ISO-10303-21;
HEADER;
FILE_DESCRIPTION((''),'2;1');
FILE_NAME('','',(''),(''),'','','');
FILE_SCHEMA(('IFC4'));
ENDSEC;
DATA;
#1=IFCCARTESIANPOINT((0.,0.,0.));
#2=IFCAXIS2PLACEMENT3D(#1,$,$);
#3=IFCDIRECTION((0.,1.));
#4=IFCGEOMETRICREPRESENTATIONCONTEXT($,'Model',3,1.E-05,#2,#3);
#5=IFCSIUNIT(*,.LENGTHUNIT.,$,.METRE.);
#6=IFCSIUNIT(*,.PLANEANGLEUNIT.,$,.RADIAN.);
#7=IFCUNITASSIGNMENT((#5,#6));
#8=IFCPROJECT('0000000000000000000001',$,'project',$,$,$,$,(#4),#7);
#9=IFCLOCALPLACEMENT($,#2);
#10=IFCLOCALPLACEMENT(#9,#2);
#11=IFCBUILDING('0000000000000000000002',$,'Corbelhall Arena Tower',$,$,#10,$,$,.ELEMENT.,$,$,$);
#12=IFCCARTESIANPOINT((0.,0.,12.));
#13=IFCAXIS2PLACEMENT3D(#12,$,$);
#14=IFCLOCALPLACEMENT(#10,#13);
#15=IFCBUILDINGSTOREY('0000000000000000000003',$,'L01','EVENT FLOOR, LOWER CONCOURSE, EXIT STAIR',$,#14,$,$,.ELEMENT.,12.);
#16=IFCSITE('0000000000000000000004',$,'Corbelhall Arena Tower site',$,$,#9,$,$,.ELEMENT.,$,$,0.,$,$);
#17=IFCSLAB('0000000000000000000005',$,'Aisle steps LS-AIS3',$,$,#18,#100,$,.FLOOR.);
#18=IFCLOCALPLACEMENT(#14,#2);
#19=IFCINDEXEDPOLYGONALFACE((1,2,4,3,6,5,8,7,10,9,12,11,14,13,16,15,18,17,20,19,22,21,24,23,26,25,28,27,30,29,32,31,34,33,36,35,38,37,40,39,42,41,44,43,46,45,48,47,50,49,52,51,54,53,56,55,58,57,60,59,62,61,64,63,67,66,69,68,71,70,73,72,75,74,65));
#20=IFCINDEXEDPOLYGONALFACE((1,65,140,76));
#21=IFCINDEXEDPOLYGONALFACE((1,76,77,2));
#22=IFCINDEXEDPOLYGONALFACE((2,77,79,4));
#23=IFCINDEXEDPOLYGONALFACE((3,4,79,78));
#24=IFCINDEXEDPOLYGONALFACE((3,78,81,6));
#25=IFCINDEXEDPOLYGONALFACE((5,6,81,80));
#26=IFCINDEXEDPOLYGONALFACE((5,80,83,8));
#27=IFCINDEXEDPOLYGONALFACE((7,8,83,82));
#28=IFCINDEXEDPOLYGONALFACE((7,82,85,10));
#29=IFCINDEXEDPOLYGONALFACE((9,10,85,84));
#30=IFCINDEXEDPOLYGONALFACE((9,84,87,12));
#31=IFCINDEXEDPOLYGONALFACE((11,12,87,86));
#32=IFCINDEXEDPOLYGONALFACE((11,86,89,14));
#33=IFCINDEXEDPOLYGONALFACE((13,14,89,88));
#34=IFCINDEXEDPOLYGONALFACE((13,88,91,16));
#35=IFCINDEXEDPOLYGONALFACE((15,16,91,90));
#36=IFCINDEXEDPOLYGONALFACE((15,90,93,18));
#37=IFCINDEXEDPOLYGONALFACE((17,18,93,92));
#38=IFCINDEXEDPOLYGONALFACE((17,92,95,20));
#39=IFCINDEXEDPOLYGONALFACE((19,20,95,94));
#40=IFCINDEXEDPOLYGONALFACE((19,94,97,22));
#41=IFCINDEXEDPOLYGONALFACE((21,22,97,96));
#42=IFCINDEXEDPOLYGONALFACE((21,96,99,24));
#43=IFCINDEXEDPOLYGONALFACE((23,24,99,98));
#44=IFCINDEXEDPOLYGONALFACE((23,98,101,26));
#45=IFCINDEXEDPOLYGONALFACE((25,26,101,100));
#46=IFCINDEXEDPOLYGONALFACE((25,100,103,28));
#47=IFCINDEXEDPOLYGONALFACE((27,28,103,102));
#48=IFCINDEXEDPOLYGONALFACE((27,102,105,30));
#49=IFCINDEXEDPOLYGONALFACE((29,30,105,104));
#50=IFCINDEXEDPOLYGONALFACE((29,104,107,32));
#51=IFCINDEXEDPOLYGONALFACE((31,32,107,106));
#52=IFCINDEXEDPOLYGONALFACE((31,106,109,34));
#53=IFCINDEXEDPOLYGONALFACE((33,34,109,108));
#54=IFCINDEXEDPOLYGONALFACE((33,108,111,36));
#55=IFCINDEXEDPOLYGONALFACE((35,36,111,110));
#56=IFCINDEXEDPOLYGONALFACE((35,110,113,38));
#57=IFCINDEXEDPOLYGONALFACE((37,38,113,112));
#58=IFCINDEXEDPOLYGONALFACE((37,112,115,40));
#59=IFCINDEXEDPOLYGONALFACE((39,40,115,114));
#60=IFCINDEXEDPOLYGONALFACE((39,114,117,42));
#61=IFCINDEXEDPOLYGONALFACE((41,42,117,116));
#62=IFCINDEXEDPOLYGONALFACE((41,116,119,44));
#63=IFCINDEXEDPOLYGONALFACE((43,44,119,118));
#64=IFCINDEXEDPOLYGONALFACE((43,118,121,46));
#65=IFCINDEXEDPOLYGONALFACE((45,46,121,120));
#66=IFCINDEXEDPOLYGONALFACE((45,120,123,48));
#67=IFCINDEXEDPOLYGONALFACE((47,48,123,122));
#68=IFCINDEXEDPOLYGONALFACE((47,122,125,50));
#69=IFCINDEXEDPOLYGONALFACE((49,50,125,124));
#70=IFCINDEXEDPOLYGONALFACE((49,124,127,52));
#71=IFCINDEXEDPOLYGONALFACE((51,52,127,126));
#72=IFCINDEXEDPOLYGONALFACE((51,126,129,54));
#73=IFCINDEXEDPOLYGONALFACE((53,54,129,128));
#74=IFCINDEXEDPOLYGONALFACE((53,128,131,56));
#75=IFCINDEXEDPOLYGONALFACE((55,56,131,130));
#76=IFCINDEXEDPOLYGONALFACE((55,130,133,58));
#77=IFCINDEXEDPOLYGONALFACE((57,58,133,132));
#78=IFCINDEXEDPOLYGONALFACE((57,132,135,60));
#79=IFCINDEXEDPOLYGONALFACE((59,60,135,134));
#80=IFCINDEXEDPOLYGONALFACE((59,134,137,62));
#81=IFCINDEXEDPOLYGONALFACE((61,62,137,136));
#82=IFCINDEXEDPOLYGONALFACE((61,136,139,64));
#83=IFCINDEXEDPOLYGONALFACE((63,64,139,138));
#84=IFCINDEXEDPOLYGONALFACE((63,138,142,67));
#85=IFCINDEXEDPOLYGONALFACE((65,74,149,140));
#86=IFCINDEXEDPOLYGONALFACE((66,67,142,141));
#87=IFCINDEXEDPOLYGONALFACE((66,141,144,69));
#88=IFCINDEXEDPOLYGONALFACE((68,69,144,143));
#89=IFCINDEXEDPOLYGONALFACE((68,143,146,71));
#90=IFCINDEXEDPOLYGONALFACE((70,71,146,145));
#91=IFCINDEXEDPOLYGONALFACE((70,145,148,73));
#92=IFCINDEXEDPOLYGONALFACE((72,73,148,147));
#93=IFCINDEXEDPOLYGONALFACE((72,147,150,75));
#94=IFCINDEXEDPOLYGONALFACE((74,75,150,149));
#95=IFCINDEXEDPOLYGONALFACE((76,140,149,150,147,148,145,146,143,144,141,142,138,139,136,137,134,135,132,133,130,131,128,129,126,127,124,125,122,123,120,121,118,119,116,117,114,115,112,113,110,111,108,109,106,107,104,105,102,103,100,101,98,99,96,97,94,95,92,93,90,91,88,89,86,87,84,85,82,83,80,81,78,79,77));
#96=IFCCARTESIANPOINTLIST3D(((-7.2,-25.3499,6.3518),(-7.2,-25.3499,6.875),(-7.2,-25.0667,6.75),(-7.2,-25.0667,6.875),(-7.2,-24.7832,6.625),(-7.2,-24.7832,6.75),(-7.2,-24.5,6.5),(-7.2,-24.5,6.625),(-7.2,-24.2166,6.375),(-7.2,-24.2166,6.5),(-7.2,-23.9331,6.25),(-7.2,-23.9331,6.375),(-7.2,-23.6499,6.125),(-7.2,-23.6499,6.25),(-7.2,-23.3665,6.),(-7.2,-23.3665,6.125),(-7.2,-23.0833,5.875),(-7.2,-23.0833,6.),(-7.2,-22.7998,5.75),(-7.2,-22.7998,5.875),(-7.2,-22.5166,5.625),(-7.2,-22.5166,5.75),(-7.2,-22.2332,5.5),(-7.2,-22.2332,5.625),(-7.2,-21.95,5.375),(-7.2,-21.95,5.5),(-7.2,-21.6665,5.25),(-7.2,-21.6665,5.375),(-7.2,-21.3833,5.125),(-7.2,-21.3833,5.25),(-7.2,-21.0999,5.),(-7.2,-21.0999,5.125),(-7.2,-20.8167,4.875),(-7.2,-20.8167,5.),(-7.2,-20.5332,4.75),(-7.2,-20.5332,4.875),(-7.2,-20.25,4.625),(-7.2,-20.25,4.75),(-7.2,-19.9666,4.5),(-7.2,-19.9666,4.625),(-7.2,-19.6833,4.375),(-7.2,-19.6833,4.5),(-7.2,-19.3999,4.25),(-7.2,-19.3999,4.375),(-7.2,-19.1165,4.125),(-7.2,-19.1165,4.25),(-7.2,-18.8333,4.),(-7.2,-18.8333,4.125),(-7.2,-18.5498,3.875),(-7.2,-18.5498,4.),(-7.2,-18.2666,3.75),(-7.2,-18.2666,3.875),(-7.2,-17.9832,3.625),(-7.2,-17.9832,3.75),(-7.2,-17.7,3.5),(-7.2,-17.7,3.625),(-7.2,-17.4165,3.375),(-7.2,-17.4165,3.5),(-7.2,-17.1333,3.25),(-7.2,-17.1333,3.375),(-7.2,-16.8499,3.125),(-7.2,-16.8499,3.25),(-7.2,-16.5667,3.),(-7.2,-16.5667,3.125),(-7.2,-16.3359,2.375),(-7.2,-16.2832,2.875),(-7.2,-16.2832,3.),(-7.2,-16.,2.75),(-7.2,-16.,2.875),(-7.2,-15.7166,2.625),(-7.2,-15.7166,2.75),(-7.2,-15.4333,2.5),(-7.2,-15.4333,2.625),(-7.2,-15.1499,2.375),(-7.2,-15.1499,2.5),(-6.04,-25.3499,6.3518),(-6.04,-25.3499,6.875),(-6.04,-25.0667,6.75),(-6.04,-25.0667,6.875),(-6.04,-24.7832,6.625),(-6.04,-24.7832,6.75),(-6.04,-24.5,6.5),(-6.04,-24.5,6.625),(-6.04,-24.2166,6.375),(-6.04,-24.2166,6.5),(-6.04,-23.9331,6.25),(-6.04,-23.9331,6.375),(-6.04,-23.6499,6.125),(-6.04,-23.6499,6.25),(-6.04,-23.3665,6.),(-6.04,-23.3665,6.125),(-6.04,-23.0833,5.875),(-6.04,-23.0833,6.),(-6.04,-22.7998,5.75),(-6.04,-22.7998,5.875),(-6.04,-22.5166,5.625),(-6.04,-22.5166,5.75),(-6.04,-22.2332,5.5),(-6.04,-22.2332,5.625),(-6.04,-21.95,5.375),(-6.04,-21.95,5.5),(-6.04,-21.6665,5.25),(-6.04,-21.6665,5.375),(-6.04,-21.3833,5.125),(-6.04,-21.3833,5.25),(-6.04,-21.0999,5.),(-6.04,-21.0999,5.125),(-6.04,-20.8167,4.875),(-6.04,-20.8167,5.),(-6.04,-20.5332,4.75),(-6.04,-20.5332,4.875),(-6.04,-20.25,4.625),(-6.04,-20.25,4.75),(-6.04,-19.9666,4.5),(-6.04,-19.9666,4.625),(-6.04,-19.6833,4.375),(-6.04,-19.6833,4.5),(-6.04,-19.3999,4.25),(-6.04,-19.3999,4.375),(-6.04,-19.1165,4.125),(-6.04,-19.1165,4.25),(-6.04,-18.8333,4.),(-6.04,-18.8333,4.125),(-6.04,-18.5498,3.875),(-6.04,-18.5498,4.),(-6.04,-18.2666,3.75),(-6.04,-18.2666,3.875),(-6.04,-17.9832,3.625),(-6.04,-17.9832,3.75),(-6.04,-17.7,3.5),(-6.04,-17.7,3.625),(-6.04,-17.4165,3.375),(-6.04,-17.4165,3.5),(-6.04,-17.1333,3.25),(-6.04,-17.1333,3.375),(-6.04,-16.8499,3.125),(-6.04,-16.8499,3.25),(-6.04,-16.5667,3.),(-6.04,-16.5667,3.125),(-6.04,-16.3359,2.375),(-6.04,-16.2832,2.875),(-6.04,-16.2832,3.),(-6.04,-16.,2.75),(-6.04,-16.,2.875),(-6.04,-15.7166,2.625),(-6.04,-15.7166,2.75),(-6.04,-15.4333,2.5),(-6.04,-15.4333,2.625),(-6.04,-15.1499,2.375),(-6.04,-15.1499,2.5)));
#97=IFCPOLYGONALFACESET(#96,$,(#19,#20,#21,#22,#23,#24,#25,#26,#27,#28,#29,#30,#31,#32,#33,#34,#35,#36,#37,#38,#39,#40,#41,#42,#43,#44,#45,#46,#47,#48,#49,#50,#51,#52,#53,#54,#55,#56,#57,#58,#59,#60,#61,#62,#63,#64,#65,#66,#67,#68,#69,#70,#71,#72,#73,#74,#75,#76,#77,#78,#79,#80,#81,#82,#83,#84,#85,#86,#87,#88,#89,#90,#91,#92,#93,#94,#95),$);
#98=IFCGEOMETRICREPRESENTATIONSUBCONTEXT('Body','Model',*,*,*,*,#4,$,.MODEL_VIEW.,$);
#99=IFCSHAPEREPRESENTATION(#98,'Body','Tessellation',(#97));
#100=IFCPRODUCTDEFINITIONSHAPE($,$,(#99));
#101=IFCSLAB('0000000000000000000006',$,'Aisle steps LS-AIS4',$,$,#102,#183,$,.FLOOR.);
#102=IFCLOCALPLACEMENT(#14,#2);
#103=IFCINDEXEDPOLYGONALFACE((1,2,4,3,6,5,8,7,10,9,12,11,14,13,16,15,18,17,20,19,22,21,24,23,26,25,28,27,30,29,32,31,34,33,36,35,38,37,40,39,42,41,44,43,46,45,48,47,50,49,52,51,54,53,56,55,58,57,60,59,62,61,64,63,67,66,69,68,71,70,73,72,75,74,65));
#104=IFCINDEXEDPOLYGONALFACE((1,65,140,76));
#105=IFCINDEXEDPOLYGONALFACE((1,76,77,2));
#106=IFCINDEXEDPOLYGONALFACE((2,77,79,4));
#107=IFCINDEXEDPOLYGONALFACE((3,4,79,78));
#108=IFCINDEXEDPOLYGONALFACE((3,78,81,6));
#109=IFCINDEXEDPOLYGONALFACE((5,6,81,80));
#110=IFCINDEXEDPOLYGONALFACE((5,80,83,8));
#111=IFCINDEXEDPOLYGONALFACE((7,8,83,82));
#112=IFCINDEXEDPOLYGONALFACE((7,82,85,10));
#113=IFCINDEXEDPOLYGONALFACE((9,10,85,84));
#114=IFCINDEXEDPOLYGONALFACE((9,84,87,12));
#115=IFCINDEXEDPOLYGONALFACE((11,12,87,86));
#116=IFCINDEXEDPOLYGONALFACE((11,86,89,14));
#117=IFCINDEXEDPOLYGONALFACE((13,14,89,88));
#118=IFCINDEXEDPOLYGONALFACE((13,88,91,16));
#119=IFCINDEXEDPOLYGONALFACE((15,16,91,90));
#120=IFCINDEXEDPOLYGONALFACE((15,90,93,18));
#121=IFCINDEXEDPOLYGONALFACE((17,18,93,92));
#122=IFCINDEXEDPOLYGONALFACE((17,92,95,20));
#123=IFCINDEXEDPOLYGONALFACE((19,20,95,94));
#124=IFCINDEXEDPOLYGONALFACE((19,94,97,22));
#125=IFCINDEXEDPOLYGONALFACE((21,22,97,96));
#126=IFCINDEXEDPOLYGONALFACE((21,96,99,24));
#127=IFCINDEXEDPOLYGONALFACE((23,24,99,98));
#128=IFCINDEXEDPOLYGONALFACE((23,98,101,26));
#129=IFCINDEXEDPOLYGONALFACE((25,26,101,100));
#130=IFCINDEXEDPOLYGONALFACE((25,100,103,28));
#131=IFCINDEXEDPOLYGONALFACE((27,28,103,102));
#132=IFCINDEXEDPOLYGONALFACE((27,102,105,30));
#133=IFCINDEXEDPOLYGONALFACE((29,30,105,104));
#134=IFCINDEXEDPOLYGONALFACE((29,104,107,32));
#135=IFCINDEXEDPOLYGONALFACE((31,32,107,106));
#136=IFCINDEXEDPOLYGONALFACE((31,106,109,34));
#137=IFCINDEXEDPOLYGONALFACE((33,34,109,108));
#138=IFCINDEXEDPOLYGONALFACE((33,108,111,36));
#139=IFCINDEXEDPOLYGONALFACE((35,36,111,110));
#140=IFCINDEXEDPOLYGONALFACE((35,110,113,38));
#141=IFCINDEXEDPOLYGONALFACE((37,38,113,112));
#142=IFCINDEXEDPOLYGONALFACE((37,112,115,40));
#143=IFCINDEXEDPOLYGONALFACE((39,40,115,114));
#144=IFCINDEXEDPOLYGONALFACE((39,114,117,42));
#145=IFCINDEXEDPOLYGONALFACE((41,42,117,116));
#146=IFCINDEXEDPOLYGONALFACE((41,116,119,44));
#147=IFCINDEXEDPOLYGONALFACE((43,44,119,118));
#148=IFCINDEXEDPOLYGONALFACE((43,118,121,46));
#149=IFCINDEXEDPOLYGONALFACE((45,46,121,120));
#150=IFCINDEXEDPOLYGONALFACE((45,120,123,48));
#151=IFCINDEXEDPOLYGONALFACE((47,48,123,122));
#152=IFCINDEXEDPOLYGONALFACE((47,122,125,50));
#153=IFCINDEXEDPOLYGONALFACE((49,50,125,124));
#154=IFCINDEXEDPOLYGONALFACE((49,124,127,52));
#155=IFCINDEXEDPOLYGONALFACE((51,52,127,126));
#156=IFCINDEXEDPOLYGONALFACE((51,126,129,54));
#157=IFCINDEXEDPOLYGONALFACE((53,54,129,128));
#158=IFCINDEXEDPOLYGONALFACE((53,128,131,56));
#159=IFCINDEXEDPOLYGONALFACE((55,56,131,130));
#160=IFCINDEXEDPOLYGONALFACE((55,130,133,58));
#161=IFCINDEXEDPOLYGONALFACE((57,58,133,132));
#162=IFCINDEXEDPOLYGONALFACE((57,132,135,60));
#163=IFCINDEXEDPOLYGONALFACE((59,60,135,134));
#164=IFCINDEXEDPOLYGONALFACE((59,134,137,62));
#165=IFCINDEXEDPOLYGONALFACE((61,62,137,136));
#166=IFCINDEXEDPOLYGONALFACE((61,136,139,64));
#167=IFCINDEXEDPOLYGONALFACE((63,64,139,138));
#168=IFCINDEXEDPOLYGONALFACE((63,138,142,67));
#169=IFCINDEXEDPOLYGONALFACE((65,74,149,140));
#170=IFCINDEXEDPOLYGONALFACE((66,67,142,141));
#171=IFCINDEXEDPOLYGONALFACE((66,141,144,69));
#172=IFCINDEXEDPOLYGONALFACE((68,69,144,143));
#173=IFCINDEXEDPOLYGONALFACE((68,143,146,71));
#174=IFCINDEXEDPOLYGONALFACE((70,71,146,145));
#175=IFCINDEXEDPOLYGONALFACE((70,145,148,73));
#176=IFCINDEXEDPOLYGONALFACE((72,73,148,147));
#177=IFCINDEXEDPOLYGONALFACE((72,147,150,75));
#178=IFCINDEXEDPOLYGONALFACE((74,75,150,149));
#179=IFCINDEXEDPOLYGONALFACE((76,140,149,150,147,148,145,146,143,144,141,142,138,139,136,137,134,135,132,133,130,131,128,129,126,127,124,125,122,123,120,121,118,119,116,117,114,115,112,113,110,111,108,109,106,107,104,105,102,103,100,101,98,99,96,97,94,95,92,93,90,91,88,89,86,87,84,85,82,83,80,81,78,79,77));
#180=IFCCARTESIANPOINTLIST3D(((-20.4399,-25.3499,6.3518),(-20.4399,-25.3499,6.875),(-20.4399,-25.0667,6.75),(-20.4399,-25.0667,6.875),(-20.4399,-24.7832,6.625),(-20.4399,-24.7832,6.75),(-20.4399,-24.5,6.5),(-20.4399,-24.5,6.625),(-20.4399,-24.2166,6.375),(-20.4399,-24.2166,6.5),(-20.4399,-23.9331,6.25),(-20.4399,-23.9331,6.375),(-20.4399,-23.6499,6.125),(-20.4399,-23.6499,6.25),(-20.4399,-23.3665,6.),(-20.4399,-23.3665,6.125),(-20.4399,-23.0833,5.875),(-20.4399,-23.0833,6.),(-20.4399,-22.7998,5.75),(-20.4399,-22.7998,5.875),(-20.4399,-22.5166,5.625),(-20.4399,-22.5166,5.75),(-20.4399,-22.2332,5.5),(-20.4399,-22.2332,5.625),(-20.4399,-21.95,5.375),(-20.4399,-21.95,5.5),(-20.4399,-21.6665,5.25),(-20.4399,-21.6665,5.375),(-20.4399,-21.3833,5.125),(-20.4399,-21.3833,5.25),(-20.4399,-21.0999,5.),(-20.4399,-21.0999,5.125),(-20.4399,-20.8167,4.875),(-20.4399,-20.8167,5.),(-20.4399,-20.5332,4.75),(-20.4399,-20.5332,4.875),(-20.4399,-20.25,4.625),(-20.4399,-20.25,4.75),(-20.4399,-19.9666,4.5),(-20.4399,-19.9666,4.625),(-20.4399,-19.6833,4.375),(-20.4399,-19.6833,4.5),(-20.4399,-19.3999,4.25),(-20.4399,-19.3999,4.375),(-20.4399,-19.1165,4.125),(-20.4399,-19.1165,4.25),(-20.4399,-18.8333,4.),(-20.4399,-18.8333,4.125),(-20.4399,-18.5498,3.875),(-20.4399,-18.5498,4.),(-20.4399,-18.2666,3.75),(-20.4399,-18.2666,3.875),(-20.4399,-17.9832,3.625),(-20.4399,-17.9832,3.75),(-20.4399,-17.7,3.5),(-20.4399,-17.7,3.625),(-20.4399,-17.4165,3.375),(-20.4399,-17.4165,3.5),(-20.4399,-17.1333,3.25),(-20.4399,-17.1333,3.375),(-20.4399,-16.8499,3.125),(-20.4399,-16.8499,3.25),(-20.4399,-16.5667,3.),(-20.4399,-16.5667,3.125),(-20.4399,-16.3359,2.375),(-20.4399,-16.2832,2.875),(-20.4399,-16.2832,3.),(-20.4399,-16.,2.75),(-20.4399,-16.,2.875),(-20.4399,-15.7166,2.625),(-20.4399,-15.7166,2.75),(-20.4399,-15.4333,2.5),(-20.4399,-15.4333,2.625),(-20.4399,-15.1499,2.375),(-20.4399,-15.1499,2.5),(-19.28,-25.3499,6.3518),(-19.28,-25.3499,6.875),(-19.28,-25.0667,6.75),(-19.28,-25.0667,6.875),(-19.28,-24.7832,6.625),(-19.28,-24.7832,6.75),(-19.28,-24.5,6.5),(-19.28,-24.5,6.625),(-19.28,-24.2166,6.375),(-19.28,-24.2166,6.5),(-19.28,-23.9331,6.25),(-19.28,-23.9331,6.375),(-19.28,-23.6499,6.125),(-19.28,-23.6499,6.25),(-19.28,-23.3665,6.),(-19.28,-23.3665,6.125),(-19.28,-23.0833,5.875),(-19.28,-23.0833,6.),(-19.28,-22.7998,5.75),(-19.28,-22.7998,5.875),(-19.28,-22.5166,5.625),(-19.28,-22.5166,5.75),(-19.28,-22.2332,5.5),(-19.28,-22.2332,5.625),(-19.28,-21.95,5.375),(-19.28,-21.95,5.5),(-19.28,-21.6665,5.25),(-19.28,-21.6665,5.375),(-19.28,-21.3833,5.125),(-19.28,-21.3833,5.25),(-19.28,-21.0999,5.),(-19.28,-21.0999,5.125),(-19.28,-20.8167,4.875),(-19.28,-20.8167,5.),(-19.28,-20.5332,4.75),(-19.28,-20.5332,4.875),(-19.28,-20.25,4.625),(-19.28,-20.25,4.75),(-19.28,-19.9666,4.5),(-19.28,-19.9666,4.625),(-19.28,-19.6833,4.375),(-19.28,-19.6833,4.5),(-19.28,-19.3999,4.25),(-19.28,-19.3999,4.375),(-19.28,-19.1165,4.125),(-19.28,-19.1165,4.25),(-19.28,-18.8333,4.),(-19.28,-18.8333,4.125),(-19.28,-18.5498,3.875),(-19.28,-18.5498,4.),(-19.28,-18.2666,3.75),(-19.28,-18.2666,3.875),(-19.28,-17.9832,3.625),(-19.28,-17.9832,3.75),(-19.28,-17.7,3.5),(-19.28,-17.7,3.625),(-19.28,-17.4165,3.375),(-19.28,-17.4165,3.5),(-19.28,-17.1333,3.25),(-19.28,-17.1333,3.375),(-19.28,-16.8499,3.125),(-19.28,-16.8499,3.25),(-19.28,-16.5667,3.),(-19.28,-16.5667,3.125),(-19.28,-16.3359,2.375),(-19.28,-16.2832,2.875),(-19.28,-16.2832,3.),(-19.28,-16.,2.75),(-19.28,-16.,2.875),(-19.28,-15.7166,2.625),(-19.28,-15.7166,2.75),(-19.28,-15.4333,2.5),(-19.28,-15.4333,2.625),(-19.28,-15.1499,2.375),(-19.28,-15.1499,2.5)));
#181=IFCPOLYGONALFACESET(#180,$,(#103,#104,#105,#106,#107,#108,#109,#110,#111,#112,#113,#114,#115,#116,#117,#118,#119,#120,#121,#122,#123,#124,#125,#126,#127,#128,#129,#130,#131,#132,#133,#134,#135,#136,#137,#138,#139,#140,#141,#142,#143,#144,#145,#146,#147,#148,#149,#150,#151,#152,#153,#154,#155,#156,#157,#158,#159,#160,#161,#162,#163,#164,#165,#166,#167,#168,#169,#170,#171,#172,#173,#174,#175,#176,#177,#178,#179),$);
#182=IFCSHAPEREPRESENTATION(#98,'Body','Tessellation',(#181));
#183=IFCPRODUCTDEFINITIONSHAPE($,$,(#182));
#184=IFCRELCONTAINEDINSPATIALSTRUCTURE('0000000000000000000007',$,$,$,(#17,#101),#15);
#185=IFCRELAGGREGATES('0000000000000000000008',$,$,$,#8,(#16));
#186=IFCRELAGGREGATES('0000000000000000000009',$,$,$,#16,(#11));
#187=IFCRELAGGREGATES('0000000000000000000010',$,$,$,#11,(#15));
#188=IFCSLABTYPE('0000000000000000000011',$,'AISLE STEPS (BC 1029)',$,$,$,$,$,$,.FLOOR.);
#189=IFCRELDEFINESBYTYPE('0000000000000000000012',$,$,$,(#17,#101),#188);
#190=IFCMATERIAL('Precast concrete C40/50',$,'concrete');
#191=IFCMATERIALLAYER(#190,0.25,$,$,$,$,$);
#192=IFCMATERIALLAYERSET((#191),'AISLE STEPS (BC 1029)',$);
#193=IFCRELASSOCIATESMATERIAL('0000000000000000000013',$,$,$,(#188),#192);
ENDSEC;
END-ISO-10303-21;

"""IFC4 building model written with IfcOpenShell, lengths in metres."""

from ifc_helpers import new_model, si_unit, direction, frame, origin, place, context, subcontext, project, spatial, polyline, outline, extrude, material, layer, layer_set, type_object, element, save


model = new_model("IFC4")

# Units and contexts
model_context = context("Model", 3, precision=1e-05, world=origin(), true_north=direction((0.0, 1.0)))
body_context = subcontext(model_context, "Body", "Model", "MODEL_VIEW")
ifc_project = project(units=[si_unit("LENGTHUNIT", "METRE"), si_unit("PLANEANGLEUNIT", "RADIAN")], contexts=[model_context])

# Site, building, storey
site_placement = place(None, origin())
site = spatial("IfcSite", under=ifc_project, at=site_placement, Name="Corbelhall Arena Tower site", CompositionType="ELEMENT", RefElevation=0.0)
building_placement = place(site_placement, origin())
building = spatial("IfcBuilding", under=site, at=building_placement, Name="Corbelhall Arena Tower", CompositionType="ELEMENT")
storey_placement = place(building_placement, frame((0.0, 0.0, 12.0)))
storey = spatial("IfcBuildingStorey", under=building, at=storey_placement, Name="L01", Description="EVENT FLOOR, LOWER CONCOURSE, EXIT STAIR", CompositionType="ELEMENT", Elevation=12.0)

# Slabs
ifc_material_1 = material(Name="Precast concrete C40/50", Category="concrete")
ifc_layer_1 = layer(ifc_material_1, 0.25)
ifc_layer_set_1 = layer_set([ifc_layer_1], Name="AISLE STEPS (BC 1029)")
slab_type_1 = type_object("IfcSlabType", Name="AISLE STEPS (BC 1029)", PredefinedType="FLOOR", material=ifc_layer_set_1)
slab_1_placement = place(storey_placement, frame((-6.6201, -15.1499, 2.375), z_axis=(0.0, 0.0, 1.0), x_axis=(0.0, -1.0, 0.0)))
element("IfcSlab", 1, at=slab_1_placement, inside=storey, type_object=slab_type_1, Name="Aisle steps LS-AIS3", PredefinedType="FLOOR", context=body_context, shape_type="SweptSolid", body=[
    extrude(outline(polyline([(0.0, 0.0), (0.0, 0.125), (0.2834, 0.125), (0.2834, 0.25), (0.5667, 0.25), (0.5667, 0.375), (0.8501, 0.375), (0.8501, 0.5), (1.1333, 0.5), (1.1333, 0.625), (1.4167, 0.625), (1.4167, 0.75), (1.7, 0.75), (1.7, 0.875), (1.9834, 0.875), (1.9834, 1.0), (2.2666, 1.0), (2.2666, 1.125), (2.55, 1.125), (2.55, 1.25), (2.8333, 1.25), (2.8333, 1.375), (3.1167, 1.375), (3.1167, 1.5), (3.3999, 1.5), (3.3999, 1.625), (3.6833, 1.625), (3.6833, 1.75), (3.9666, 1.75), (3.9666, 1.875), (4.25, 1.875), (4.25, 2.0), (4.5334, 2.0), (4.5334, 2.125), (4.8167, 2.125), (4.8167, 2.25), (5.1001, 2.25), (5.1001, 2.375), (5.3833, 2.375), (5.3833, 2.5), (5.6667, 2.5), (5.6667, 2.625), (5.95, 2.625), (5.95, 2.75), (6.2334, 2.75), (6.2334, 2.875), (6.5166, 2.875), (6.5166, 3.0), (6.8, 3.0), (6.8, 3.125), (7.0833, 3.125), (7.0833, 3.25), (7.3667, 3.25), (7.3667, 3.375), (7.6499, 3.375), (7.6499, 3.5), (7.9333, 3.5), (7.9333, 3.625), (8.2166, 3.625), (8.2166, 3.75), (8.5, 3.75), (8.5, 3.875), (8.7832, 3.875), (8.7832, 4.0), (9.0667, 4.0), (9.0667, 4.125), (9.3501, 4.125), (9.3501, 4.25), (9.6333, 4.25), (9.6333, 4.375), (9.9167, 4.375), (9.9167, 4.5), (10.2, 4.5), (10.2, 4.625), (10.2, 3.9768), (1.186, 0.0), (0.0, 0.0)])), frame((0.0, 0.5801, 0.0), z_axis=(0.0, -1.0, 0.0), x_axis=(1.0, 0.0, 0.0)), (0.0, 0.0, 1.0), 1.1599),
])
slab_2_placement = place(storey_placement, frame((-19.8601, -15.1499, 2.375), z_axis=(0.0, 0.0, 1.0), x_axis=(0.0, -1.0, 0.0)))
element("IfcSlab", 2, at=slab_2_placement, inside=storey, type_object=slab_type_1, Name="Aisle steps LS-AIS4", PredefinedType="FLOOR", context=body_context, shape_type="SweptSolid", body=[
    extrude(outline(polyline([(0.0, 0.0), (0.0, 0.125), (0.2834, 0.125), (0.2834, 0.25), (0.5667, 0.25), (0.5667, 0.375), (0.8501, 0.375), (0.8501, 0.5), (1.1333, 0.5), (1.1333, 0.625), (1.4167, 0.625), (1.4167, 0.75), (1.7, 0.75), (1.7, 0.875), (1.9834, 0.875), (1.9834, 1.0), (2.2666, 1.0), (2.2666, 1.125), (2.55, 1.125), (2.55, 1.25), (2.8333, 1.25), (2.8333, 1.375), (3.1167, 1.375), (3.1167, 1.5), (3.3999, 1.5), (3.3999, 1.625), (3.6833, 1.625), (3.6833, 1.75), (3.9666, 1.75), (3.9666, 1.875), (4.25, 1.875), (4.25, 2.0), (4.5334, 2.0), (4.5334, 2.125), (4.8167, 2.125), (4.8167, 2.25), (5.1001, 2.25), (5.1001, 2.375), (5.3833, 2.375), (5.3833, 2.5), (5.6667, 2.5), (5.6667, 2.625), (5.95, 2.625), (5.95, 2.75), (6.2334, 2.75), (6.2334, 2.875), (6.5166, 2.875), (6.5166, 3.0), (6.8, 3.0), (6.8, 3.125), (7.0833, 3.125), (7.0833, 3.25), (7.3667, 3.25), (7.3667, 3.375), (7.6499, 3.375), (7.6499, 3.5), (7.9333, 3.5), (7.9333, 3.625), (8.2166, 3.625), (8.2166, 3.75), (8.5, 3.75), (8.5, 3.875), (8.7832, 3.875), (8.7832, 4.0), (9.0667, 4.0), (9.0667, 4.125), (9.3501, 4.125), (9.3501, 4.25), (9.6333, 4.25), (9.6333, 4.375), (9.9167, 4.375), (9.9167, 4.5), (10.2, 4.5), (10.2, 4.625), (10.2, 3.9768), (1.186, 0.0), (0.0, 0.0)])), frame((0.0, 0.5801, 0.0), z_axis=(0.0, -1.0, 0.0), x_axis=(1.0, 0.0, 0.0)), (0.0, 0.0, 1.0), 1.1599),
])

save(model, "model.ifc")
